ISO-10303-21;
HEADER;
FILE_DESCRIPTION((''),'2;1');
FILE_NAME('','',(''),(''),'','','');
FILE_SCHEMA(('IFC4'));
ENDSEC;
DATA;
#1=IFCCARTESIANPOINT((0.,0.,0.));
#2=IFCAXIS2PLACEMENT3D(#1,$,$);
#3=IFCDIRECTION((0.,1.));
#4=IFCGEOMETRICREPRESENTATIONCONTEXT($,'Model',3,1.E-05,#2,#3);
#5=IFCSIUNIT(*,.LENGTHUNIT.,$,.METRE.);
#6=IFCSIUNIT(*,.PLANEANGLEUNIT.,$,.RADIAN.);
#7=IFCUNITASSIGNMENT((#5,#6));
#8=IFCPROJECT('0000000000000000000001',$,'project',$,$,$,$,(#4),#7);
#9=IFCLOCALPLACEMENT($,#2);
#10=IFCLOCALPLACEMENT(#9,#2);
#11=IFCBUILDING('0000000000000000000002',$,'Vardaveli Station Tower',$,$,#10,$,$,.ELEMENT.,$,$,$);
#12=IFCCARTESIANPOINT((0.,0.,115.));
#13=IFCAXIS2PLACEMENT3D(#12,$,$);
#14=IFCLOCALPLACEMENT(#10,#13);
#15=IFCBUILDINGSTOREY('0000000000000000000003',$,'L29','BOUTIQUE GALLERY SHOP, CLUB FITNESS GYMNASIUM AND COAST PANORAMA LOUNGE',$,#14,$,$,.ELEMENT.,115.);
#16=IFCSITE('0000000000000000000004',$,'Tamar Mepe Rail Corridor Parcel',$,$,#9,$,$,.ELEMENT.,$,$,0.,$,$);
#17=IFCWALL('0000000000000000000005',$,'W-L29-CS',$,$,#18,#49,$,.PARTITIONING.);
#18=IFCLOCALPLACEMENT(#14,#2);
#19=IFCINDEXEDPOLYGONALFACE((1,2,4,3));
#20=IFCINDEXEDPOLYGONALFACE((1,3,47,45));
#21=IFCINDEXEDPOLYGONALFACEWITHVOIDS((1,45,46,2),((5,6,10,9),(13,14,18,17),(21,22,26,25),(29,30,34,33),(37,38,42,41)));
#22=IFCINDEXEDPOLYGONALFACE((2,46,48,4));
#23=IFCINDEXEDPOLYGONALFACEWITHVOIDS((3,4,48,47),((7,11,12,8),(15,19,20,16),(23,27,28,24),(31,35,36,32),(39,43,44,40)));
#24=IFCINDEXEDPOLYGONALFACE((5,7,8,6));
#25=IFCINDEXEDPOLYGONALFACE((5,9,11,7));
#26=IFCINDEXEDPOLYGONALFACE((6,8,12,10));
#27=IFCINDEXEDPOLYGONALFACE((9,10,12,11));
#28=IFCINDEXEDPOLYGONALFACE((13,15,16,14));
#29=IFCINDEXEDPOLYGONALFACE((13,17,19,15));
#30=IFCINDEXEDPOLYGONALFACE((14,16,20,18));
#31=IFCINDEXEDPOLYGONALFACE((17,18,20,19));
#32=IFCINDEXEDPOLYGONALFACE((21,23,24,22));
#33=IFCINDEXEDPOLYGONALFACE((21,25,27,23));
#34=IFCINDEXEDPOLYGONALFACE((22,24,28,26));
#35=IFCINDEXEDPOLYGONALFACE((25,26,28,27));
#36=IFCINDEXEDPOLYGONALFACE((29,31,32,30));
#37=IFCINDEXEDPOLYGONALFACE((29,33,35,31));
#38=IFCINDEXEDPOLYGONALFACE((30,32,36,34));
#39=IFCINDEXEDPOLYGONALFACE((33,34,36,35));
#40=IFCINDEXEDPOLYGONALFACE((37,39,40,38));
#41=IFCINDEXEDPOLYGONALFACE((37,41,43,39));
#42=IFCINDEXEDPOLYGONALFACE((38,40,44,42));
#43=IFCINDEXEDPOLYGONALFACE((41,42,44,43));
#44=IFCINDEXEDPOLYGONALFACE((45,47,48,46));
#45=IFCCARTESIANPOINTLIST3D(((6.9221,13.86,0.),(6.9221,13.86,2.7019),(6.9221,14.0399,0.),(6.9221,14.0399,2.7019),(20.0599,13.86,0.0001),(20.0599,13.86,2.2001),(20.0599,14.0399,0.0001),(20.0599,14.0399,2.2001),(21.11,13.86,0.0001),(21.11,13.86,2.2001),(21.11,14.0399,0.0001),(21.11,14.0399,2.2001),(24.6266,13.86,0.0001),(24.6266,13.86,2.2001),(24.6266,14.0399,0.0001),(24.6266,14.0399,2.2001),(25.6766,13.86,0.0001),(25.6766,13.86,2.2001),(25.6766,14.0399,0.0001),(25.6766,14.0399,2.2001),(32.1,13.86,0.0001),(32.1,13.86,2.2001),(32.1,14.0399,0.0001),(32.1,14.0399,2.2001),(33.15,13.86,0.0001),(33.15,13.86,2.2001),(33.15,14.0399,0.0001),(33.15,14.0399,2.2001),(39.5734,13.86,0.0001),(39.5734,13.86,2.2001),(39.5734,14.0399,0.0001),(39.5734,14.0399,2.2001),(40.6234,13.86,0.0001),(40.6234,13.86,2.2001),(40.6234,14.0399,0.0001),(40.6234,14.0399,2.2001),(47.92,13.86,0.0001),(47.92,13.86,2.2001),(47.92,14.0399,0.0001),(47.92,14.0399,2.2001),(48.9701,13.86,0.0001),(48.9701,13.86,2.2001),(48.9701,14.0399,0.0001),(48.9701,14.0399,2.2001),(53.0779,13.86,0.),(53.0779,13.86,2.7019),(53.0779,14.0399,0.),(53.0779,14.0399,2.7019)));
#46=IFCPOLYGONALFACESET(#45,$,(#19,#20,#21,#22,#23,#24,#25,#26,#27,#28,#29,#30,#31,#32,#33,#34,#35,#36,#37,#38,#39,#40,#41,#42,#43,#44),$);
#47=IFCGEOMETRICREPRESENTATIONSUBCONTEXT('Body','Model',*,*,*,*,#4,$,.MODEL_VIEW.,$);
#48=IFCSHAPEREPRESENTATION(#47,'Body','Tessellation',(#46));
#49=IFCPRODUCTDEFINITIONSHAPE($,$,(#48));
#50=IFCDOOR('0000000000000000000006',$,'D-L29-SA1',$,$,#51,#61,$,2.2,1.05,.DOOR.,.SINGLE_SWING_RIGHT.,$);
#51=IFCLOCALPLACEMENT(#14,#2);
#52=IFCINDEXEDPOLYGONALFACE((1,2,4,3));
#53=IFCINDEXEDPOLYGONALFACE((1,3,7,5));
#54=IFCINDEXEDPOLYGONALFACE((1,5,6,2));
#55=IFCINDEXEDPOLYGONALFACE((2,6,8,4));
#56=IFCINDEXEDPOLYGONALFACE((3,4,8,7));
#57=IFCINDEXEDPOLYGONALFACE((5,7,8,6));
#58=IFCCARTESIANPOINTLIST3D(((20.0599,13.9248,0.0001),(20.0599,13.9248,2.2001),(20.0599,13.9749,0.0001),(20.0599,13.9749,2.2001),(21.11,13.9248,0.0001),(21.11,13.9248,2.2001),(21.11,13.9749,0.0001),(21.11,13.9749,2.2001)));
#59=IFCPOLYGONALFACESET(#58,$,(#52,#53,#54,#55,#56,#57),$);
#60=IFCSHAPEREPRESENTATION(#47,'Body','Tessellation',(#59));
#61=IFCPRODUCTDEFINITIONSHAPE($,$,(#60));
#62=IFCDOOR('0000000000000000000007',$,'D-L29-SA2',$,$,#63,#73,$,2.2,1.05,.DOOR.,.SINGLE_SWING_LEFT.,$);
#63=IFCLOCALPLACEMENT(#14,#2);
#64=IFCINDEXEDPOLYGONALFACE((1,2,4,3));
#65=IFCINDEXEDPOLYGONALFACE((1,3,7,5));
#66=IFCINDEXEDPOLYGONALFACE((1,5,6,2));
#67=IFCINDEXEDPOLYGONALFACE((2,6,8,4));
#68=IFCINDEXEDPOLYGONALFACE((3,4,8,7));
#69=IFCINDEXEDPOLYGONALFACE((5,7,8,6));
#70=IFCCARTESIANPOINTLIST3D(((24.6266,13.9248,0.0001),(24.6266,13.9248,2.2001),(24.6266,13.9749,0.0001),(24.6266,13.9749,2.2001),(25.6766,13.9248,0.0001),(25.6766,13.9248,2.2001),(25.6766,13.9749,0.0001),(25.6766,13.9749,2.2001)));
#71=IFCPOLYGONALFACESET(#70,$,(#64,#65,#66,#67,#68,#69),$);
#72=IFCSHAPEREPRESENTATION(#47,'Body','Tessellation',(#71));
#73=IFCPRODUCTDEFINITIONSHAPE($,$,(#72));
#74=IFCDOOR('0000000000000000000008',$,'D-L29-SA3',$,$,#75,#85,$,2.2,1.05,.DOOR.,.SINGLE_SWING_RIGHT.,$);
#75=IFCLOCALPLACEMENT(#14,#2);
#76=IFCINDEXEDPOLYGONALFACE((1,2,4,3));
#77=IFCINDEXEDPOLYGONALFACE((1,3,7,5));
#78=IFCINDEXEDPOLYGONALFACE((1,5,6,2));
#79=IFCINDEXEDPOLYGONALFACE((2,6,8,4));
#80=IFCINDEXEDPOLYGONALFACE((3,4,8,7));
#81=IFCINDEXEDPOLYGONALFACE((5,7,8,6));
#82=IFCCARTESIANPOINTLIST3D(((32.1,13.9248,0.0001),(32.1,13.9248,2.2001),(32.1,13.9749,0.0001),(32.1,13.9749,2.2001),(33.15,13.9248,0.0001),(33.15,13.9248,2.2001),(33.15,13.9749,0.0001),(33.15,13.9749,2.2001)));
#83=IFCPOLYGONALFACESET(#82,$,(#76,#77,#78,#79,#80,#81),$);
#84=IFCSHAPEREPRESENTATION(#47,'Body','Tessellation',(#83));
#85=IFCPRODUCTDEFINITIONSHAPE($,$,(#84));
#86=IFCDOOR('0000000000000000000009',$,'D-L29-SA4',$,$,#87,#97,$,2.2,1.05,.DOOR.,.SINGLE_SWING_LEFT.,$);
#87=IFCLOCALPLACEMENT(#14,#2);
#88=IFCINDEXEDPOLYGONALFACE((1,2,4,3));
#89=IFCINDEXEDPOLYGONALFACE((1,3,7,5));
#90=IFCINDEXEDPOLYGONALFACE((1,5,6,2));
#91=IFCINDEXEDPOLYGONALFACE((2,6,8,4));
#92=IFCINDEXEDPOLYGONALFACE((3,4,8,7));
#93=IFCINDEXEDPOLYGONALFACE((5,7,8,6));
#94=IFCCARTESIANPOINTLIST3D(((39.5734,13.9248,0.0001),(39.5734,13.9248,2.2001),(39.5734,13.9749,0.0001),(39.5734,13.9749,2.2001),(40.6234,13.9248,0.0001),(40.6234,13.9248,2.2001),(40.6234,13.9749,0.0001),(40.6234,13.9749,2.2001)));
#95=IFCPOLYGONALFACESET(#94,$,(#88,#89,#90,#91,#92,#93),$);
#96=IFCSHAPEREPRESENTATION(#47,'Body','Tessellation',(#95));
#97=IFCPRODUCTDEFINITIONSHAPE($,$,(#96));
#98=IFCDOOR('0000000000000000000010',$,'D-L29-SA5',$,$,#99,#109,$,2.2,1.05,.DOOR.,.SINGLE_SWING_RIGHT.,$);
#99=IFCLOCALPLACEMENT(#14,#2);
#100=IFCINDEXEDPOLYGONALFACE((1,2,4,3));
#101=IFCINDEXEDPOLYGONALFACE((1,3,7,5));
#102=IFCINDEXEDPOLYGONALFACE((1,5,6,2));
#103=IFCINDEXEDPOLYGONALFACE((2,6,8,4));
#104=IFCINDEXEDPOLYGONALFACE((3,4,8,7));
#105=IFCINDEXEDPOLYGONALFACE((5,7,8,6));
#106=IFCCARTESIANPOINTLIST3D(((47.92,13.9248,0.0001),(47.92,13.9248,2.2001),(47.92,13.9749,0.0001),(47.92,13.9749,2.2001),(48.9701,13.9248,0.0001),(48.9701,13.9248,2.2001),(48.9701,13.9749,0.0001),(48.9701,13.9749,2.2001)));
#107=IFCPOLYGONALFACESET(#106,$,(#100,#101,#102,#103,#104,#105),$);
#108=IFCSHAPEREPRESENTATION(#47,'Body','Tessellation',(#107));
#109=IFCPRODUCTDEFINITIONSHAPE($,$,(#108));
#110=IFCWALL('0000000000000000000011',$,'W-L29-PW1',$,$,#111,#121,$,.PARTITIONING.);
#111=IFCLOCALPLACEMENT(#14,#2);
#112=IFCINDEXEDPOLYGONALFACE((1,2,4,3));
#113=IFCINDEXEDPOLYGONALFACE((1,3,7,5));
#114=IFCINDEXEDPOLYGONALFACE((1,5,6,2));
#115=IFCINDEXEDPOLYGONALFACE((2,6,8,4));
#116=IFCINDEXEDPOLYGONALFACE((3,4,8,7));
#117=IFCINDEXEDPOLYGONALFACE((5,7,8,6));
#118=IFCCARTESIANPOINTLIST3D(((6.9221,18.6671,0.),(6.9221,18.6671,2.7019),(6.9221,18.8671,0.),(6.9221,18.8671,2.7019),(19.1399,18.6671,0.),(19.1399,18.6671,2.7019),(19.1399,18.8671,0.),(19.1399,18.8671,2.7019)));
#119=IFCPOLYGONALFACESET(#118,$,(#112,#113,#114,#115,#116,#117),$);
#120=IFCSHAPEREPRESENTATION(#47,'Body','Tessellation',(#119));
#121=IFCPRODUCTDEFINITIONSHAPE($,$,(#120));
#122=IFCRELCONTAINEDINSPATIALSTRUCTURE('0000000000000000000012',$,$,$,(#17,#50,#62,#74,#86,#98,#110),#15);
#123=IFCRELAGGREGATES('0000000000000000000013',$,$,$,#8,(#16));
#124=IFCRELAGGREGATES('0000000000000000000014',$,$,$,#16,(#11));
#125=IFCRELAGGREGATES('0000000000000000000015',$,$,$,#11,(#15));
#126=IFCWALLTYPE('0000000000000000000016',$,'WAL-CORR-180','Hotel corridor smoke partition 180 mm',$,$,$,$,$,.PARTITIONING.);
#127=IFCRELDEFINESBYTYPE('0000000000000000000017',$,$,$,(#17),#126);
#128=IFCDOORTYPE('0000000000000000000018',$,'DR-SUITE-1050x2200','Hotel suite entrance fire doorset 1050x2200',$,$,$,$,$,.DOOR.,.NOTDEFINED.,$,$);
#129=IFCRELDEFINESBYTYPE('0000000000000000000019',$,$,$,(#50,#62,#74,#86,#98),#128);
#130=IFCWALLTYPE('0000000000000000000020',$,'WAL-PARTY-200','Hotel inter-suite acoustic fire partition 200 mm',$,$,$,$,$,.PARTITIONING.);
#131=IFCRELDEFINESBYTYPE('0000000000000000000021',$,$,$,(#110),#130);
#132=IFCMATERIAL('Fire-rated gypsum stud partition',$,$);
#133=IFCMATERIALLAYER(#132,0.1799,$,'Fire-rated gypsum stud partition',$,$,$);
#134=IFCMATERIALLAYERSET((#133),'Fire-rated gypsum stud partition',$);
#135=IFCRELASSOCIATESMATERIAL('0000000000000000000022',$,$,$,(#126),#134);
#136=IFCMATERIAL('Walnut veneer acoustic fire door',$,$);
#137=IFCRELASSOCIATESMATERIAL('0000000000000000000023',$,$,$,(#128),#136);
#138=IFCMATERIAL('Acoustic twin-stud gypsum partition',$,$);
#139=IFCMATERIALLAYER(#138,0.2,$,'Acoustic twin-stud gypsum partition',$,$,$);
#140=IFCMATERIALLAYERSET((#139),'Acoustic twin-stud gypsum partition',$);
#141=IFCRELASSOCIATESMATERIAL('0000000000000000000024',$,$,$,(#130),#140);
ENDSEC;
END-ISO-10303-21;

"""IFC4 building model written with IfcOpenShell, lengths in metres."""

from ifc_helpers import new_model, si_unit, direction, frame, frame_2d, origin, place, context, subcontext, project, spatial, rectangle, extrude, source, transform, mapped, material, layer, layer_set, type_object, element, fill, save


model = new_model("IFC4")

# Units and contexts
model_context = context("Model", 3, precision=1e-05, world=origin(), true_north=direction((0.0, 1.0)))
body_context = subcontext(model_context, "Body", "Model", "MODEL_VIEW")
ifc_project = project(units=[si_unit("LENGTHUNIT", "METRE"), si_unit("PLANEANGLEUNIT", "RADIAN")], contexts=[model_context])

# Site, building, storey
site_placement = place(None, origin())
site = spatial("IfcSite", under=ifc_project, at=site_placement, Name="Tamar Mepe Rail Corridor Parcel", CompositionType="ELEMENT", RefElevation=0.0)
building_placement = place(site_placement, origin())
building = spatial("IfcBuilding", under=site, at=building_placement, Name="Vardaveli Station Tower", CompositionType="ELEMENT")
storey_placement = place(building_placement, frame((0.0, 0.0, 115.0)))
storey = spatial("IfcBuildingStorey", under=building, at=storey_placement, Name="L29", Description="BOUTIQUE GALLERY SHOP, CLUB FITNESS GYMNASIUM AND COAST PANORAMA LOUNGE", CompositionType="ELEMENT", Elevation=115.0)

# Wall, openings, doors
ifc_material_1 = material(Name="Fire-rated gypsum stud partition")
ifc_layer_1 = layer(ifc_material_1, 0.1799, Name="Fire-rated gypsum stud partition")
ifc_layer_set_1 = layer_set([ifc_layer_1], Name="Fire-rated gypsum stud partition")
wall_type_1 = type_object("IfcWallType", Name="WAL-CORR-180", Description="Hotel corridor smoke partition 180 mm", PredefinedType="PARTITIONING", material=ifc_layer_set_1)
shared_shape_1 = source(origin(), body_context, "Body", "SweptSolid", [
    extrude(rectangle(XDim=46.1558, YDim=0.1799, at=frame_2d((23.0779, 0.0))), origin(), (0.0, 0.0, 1.0), 2.7019),
])
wall_1_placement = place(storey_placement, frame((6.9221, 13.95, 0.0), z_axis=(0.0, 0.0, 1.0), x_axis=(1.0, 0.0, 0.0)))
wall_1 = element("IfcWall", 1, at=wall_1_placement, inside=storey, type_object=wall_type_1, Name="W-L29-CS", PredefinedType="PARTITIONING", context=body_context, shape_type="MappedRepresentation", body=[
    mapped(shared_shape_1, transform((0.0, 0.0, 0.0), scale=1.0)),
])
shared_shape_2 = source(origin(), body_context, "Body", "SweptSolid", [
    extrude(rectangle(XDim=1.05, YDim=2.2, at=frame_2d((0.5249, 1.1001))), frame((0.0, 0.1001, 0.0), z_axis=(0.0, -1.0, 0.0), x_axis=(1.0, 0.0, 0.0)), (0.0, 0.0, 1.0), 0.2),
])
opening_1_placement = place(wall_1_placement, frame((13.1379, 0.0, 0.0)))
opening_1 = element("IfcOpeningElement", 2, at=opening_1_placement, cuts=wall_1, PredefinedType="OPENING", context=body_context, shape_type="MappedRepresentation", body=[
    mapped(shared_shape_2, transform((0.0, 0.0, 0.0), scale=1.0)),
])
opening_2_placement = place(wall_1_placement, frame((17.7046, 0.0, 0.0)))
opening_2 = element("IfcOpeningElement", 3, at=opening_2_placement, cuts=wall_1, PredefinedType="OPENING", context=body_context, shape_type="MappedRepresentation", body=[
    mapped(shared_shape_2, transform((0.0, 0.0, 0.0), scale=1.0)),
])
opening_3_placement = place(wall_1_placement, frame((25.178, 0.0, 0.0)))
opening_3 = element("IfcOpeningElement", 4, at=opening_3_placement, cuts=wall_1, PredefinedType="OPENING", context=body_context, shape_type="MappedRepresentation", body=[
    mapped(shared_shape_2, transform((0.0, 0.0, 0.0), scale=1.0)),
])
opening_4_placement = place(wall_1_placement, frame((32.6514, 0.0, 0.0)))
opening_4 = element("IfcOpeningElement", 5, at=opening_4_placement, cuts=wall_1, PredefinedType="OPENING", context=body_context, shape_type="MappedRepresentation", body=[
    mapped(shared_shape_2, transform((0.0, 0.0, 0.0), scale=1.0)),
])
opening_5_placement = place(wall_1_placement, frame((40.998, 0.0, 0.0)))
opening_5 = element("IfcOpeningElement", 6, at=opening_5_placement, cuts=wall_1, PredefinedType="OPENING", context=body_context, shape_type="MappedRepresentation", body=[
    mapped(shared_shape_2, transform((0.0, 0.0, 0.0), scale=1.0)),
])
ifc_material_2 = material(Name="Walnut veneer acoustic fire door")
door_type_1 = type_object("IfcDoorType", Name="DR-SUITE-1050x2200", Description="Hotel suite entrance fire doorset 1050x2200", OperationType="NOTDEFINED", PredefinedType="DOOR", material=ifc_material_2)
shared_shape_3 = source(origin(), body_context, "Body", "SweptSolid", [
    extrude(rectangle(XDim=1.05, YDim=2.2, at=frame_2d((0.5249, 1.1001))), frame((0.0, 0.0249, 0.0), z_axis=(0.0, -1.0, 0.0), x_axis=(1.0, 0.0, 0.0)), (0.0, 0.0, 1.0), 0.05),
])
door_1_placement = place(opening_1_placement, origin())
door_1 = element("IfcDoor", 7, at=door_1_placement, inside=storey, type_object=door_type_1, Name="D-L29-SA1", OperationType="SINGLE_SWING_RIGHT", OverallHeight=2.2, OverallWidth=1.05, PredefinedType="DOOR", context=body_context, shape_type="MappedRepresentation", body=[
    mapped(shared_shape_3, transform((0.0, 0.0, 0.0), scale=1.0)),
])
fill(opening_1, door_1)
door_2_placement = place(opening_2_placement, origin())
door_2 = element("IfcDoor", 8, at=door_2_placement, inside=storey, type_object=door_type_1, Name="D-L29-SA2", OperationType="SINGLE_SWING_LEFT", OverallHeight=2.2, OverallWidth=1.05, PredefinedType="DOOR", context=body_context, shape_type="MappedRepresentation", body=[
    mapped(shared_shape_3, transform((0.0, 0.0, 0.0), scale=1.0)),
])
fill(opening_2, door_2)
door_3_placement = place(opening_3_placement, origin())
door_3 = element("IfcDoor", 9, at=door_3_placement, inside=storey, type_object=door_type_1, Name="D-L29-SA3", OperationType="SINGLE_SWING_RIGHT", OverallHeight=2.2, OverallWidth=1.05, PredefinedType="DOOR", context=body_context, shape_type="MappedRepresentation", body=[
    mapped(shared_shape_3, transform((0.0, 0.0, 0.0), scale=1.0)),
])
fill(opening_3, door_3)
door_4_placement = place(opening_4_placement, origin())
door_4 = element("IfcDoor", 10, at=door_4_placement, inside=storey, type_object=door_type_1, Name="D-L29-SA4", OperationType="SINGLE_SWING_LEFT", OverallHeight=2.2, OverallWidth=1.05, PredefinedType="DOOR", context=body_context, shape_type="MappedRepresentation", body=[
    mapped(shared_shape_3, transform((0.0, 0.0, 0.0), scale=1.0)),
])
fill(opening_4, door_4)
door_5_placement = place(opening_5_placement, origin())
door_5 = element("IfcDoor", 11, at=door_5_placement, inside=storey, type_object=door_type_1, Name="D-L29-SA5", OperationType="SINGLE_SWING_RIGHT", OverallHeight=2.2, OverallWidth=1.05, PredefinedType="DOOR", context=body_context, shape_type="MappedRepresentation", body=[
    mapped(shared_shape_3, transform((0.0, 0.0, 0.0), scale=1.0)),
])
fill(opening_5, door_5)

# Wall
ifc_material_3 = material(Name="Acoustic twin-stud gypsum partition")
ifc_layer_2 = layer(ifc_material_3, 0.2, Name="Acoustic twin-stud gypsum partition")
ifc_layer_set_2 = layer_set([ifc_layer_2], Name="Acoustic twin-stud gypsum partition")
wall_type_2 = type_object("IfcWallType", Name="WAL-PARTY-200", Description="Hotel inter-suite acoustic fire partition 200 mm", PredefinedType="PARTITIONING", material=ifc_layer_set_2)
shared_shape_4 = source(origin(), body_context, "Body", "SweptSolid", [
    extrude(rectangle(XDim=12.2178, YDim=0.2, at=frame_2d((6.1089, 0.0))), origin(), (0.0, 0.0, 1.0), 2.7019),
])
wall_2_placement = place(storey_placement, frame((6.9221, 18.7671, 0.0), z_axis=(0.0, 0.0, 1.0), x_axis=(1.0, 0.0, 0.0)))
element("IfcWall", 12, at=wall_2_placement, inside=storey, type_object=wall_type_2, Name="W-L29-PW1", PredefinedType="PARTITIONING", context=body_context, shape_type="MappedRepresentation", body=[
    mapped(shared_shape_4, transform((0.0, 0.0, 0.0), scale=1.0)),
])

save(model, "model.ifc")
